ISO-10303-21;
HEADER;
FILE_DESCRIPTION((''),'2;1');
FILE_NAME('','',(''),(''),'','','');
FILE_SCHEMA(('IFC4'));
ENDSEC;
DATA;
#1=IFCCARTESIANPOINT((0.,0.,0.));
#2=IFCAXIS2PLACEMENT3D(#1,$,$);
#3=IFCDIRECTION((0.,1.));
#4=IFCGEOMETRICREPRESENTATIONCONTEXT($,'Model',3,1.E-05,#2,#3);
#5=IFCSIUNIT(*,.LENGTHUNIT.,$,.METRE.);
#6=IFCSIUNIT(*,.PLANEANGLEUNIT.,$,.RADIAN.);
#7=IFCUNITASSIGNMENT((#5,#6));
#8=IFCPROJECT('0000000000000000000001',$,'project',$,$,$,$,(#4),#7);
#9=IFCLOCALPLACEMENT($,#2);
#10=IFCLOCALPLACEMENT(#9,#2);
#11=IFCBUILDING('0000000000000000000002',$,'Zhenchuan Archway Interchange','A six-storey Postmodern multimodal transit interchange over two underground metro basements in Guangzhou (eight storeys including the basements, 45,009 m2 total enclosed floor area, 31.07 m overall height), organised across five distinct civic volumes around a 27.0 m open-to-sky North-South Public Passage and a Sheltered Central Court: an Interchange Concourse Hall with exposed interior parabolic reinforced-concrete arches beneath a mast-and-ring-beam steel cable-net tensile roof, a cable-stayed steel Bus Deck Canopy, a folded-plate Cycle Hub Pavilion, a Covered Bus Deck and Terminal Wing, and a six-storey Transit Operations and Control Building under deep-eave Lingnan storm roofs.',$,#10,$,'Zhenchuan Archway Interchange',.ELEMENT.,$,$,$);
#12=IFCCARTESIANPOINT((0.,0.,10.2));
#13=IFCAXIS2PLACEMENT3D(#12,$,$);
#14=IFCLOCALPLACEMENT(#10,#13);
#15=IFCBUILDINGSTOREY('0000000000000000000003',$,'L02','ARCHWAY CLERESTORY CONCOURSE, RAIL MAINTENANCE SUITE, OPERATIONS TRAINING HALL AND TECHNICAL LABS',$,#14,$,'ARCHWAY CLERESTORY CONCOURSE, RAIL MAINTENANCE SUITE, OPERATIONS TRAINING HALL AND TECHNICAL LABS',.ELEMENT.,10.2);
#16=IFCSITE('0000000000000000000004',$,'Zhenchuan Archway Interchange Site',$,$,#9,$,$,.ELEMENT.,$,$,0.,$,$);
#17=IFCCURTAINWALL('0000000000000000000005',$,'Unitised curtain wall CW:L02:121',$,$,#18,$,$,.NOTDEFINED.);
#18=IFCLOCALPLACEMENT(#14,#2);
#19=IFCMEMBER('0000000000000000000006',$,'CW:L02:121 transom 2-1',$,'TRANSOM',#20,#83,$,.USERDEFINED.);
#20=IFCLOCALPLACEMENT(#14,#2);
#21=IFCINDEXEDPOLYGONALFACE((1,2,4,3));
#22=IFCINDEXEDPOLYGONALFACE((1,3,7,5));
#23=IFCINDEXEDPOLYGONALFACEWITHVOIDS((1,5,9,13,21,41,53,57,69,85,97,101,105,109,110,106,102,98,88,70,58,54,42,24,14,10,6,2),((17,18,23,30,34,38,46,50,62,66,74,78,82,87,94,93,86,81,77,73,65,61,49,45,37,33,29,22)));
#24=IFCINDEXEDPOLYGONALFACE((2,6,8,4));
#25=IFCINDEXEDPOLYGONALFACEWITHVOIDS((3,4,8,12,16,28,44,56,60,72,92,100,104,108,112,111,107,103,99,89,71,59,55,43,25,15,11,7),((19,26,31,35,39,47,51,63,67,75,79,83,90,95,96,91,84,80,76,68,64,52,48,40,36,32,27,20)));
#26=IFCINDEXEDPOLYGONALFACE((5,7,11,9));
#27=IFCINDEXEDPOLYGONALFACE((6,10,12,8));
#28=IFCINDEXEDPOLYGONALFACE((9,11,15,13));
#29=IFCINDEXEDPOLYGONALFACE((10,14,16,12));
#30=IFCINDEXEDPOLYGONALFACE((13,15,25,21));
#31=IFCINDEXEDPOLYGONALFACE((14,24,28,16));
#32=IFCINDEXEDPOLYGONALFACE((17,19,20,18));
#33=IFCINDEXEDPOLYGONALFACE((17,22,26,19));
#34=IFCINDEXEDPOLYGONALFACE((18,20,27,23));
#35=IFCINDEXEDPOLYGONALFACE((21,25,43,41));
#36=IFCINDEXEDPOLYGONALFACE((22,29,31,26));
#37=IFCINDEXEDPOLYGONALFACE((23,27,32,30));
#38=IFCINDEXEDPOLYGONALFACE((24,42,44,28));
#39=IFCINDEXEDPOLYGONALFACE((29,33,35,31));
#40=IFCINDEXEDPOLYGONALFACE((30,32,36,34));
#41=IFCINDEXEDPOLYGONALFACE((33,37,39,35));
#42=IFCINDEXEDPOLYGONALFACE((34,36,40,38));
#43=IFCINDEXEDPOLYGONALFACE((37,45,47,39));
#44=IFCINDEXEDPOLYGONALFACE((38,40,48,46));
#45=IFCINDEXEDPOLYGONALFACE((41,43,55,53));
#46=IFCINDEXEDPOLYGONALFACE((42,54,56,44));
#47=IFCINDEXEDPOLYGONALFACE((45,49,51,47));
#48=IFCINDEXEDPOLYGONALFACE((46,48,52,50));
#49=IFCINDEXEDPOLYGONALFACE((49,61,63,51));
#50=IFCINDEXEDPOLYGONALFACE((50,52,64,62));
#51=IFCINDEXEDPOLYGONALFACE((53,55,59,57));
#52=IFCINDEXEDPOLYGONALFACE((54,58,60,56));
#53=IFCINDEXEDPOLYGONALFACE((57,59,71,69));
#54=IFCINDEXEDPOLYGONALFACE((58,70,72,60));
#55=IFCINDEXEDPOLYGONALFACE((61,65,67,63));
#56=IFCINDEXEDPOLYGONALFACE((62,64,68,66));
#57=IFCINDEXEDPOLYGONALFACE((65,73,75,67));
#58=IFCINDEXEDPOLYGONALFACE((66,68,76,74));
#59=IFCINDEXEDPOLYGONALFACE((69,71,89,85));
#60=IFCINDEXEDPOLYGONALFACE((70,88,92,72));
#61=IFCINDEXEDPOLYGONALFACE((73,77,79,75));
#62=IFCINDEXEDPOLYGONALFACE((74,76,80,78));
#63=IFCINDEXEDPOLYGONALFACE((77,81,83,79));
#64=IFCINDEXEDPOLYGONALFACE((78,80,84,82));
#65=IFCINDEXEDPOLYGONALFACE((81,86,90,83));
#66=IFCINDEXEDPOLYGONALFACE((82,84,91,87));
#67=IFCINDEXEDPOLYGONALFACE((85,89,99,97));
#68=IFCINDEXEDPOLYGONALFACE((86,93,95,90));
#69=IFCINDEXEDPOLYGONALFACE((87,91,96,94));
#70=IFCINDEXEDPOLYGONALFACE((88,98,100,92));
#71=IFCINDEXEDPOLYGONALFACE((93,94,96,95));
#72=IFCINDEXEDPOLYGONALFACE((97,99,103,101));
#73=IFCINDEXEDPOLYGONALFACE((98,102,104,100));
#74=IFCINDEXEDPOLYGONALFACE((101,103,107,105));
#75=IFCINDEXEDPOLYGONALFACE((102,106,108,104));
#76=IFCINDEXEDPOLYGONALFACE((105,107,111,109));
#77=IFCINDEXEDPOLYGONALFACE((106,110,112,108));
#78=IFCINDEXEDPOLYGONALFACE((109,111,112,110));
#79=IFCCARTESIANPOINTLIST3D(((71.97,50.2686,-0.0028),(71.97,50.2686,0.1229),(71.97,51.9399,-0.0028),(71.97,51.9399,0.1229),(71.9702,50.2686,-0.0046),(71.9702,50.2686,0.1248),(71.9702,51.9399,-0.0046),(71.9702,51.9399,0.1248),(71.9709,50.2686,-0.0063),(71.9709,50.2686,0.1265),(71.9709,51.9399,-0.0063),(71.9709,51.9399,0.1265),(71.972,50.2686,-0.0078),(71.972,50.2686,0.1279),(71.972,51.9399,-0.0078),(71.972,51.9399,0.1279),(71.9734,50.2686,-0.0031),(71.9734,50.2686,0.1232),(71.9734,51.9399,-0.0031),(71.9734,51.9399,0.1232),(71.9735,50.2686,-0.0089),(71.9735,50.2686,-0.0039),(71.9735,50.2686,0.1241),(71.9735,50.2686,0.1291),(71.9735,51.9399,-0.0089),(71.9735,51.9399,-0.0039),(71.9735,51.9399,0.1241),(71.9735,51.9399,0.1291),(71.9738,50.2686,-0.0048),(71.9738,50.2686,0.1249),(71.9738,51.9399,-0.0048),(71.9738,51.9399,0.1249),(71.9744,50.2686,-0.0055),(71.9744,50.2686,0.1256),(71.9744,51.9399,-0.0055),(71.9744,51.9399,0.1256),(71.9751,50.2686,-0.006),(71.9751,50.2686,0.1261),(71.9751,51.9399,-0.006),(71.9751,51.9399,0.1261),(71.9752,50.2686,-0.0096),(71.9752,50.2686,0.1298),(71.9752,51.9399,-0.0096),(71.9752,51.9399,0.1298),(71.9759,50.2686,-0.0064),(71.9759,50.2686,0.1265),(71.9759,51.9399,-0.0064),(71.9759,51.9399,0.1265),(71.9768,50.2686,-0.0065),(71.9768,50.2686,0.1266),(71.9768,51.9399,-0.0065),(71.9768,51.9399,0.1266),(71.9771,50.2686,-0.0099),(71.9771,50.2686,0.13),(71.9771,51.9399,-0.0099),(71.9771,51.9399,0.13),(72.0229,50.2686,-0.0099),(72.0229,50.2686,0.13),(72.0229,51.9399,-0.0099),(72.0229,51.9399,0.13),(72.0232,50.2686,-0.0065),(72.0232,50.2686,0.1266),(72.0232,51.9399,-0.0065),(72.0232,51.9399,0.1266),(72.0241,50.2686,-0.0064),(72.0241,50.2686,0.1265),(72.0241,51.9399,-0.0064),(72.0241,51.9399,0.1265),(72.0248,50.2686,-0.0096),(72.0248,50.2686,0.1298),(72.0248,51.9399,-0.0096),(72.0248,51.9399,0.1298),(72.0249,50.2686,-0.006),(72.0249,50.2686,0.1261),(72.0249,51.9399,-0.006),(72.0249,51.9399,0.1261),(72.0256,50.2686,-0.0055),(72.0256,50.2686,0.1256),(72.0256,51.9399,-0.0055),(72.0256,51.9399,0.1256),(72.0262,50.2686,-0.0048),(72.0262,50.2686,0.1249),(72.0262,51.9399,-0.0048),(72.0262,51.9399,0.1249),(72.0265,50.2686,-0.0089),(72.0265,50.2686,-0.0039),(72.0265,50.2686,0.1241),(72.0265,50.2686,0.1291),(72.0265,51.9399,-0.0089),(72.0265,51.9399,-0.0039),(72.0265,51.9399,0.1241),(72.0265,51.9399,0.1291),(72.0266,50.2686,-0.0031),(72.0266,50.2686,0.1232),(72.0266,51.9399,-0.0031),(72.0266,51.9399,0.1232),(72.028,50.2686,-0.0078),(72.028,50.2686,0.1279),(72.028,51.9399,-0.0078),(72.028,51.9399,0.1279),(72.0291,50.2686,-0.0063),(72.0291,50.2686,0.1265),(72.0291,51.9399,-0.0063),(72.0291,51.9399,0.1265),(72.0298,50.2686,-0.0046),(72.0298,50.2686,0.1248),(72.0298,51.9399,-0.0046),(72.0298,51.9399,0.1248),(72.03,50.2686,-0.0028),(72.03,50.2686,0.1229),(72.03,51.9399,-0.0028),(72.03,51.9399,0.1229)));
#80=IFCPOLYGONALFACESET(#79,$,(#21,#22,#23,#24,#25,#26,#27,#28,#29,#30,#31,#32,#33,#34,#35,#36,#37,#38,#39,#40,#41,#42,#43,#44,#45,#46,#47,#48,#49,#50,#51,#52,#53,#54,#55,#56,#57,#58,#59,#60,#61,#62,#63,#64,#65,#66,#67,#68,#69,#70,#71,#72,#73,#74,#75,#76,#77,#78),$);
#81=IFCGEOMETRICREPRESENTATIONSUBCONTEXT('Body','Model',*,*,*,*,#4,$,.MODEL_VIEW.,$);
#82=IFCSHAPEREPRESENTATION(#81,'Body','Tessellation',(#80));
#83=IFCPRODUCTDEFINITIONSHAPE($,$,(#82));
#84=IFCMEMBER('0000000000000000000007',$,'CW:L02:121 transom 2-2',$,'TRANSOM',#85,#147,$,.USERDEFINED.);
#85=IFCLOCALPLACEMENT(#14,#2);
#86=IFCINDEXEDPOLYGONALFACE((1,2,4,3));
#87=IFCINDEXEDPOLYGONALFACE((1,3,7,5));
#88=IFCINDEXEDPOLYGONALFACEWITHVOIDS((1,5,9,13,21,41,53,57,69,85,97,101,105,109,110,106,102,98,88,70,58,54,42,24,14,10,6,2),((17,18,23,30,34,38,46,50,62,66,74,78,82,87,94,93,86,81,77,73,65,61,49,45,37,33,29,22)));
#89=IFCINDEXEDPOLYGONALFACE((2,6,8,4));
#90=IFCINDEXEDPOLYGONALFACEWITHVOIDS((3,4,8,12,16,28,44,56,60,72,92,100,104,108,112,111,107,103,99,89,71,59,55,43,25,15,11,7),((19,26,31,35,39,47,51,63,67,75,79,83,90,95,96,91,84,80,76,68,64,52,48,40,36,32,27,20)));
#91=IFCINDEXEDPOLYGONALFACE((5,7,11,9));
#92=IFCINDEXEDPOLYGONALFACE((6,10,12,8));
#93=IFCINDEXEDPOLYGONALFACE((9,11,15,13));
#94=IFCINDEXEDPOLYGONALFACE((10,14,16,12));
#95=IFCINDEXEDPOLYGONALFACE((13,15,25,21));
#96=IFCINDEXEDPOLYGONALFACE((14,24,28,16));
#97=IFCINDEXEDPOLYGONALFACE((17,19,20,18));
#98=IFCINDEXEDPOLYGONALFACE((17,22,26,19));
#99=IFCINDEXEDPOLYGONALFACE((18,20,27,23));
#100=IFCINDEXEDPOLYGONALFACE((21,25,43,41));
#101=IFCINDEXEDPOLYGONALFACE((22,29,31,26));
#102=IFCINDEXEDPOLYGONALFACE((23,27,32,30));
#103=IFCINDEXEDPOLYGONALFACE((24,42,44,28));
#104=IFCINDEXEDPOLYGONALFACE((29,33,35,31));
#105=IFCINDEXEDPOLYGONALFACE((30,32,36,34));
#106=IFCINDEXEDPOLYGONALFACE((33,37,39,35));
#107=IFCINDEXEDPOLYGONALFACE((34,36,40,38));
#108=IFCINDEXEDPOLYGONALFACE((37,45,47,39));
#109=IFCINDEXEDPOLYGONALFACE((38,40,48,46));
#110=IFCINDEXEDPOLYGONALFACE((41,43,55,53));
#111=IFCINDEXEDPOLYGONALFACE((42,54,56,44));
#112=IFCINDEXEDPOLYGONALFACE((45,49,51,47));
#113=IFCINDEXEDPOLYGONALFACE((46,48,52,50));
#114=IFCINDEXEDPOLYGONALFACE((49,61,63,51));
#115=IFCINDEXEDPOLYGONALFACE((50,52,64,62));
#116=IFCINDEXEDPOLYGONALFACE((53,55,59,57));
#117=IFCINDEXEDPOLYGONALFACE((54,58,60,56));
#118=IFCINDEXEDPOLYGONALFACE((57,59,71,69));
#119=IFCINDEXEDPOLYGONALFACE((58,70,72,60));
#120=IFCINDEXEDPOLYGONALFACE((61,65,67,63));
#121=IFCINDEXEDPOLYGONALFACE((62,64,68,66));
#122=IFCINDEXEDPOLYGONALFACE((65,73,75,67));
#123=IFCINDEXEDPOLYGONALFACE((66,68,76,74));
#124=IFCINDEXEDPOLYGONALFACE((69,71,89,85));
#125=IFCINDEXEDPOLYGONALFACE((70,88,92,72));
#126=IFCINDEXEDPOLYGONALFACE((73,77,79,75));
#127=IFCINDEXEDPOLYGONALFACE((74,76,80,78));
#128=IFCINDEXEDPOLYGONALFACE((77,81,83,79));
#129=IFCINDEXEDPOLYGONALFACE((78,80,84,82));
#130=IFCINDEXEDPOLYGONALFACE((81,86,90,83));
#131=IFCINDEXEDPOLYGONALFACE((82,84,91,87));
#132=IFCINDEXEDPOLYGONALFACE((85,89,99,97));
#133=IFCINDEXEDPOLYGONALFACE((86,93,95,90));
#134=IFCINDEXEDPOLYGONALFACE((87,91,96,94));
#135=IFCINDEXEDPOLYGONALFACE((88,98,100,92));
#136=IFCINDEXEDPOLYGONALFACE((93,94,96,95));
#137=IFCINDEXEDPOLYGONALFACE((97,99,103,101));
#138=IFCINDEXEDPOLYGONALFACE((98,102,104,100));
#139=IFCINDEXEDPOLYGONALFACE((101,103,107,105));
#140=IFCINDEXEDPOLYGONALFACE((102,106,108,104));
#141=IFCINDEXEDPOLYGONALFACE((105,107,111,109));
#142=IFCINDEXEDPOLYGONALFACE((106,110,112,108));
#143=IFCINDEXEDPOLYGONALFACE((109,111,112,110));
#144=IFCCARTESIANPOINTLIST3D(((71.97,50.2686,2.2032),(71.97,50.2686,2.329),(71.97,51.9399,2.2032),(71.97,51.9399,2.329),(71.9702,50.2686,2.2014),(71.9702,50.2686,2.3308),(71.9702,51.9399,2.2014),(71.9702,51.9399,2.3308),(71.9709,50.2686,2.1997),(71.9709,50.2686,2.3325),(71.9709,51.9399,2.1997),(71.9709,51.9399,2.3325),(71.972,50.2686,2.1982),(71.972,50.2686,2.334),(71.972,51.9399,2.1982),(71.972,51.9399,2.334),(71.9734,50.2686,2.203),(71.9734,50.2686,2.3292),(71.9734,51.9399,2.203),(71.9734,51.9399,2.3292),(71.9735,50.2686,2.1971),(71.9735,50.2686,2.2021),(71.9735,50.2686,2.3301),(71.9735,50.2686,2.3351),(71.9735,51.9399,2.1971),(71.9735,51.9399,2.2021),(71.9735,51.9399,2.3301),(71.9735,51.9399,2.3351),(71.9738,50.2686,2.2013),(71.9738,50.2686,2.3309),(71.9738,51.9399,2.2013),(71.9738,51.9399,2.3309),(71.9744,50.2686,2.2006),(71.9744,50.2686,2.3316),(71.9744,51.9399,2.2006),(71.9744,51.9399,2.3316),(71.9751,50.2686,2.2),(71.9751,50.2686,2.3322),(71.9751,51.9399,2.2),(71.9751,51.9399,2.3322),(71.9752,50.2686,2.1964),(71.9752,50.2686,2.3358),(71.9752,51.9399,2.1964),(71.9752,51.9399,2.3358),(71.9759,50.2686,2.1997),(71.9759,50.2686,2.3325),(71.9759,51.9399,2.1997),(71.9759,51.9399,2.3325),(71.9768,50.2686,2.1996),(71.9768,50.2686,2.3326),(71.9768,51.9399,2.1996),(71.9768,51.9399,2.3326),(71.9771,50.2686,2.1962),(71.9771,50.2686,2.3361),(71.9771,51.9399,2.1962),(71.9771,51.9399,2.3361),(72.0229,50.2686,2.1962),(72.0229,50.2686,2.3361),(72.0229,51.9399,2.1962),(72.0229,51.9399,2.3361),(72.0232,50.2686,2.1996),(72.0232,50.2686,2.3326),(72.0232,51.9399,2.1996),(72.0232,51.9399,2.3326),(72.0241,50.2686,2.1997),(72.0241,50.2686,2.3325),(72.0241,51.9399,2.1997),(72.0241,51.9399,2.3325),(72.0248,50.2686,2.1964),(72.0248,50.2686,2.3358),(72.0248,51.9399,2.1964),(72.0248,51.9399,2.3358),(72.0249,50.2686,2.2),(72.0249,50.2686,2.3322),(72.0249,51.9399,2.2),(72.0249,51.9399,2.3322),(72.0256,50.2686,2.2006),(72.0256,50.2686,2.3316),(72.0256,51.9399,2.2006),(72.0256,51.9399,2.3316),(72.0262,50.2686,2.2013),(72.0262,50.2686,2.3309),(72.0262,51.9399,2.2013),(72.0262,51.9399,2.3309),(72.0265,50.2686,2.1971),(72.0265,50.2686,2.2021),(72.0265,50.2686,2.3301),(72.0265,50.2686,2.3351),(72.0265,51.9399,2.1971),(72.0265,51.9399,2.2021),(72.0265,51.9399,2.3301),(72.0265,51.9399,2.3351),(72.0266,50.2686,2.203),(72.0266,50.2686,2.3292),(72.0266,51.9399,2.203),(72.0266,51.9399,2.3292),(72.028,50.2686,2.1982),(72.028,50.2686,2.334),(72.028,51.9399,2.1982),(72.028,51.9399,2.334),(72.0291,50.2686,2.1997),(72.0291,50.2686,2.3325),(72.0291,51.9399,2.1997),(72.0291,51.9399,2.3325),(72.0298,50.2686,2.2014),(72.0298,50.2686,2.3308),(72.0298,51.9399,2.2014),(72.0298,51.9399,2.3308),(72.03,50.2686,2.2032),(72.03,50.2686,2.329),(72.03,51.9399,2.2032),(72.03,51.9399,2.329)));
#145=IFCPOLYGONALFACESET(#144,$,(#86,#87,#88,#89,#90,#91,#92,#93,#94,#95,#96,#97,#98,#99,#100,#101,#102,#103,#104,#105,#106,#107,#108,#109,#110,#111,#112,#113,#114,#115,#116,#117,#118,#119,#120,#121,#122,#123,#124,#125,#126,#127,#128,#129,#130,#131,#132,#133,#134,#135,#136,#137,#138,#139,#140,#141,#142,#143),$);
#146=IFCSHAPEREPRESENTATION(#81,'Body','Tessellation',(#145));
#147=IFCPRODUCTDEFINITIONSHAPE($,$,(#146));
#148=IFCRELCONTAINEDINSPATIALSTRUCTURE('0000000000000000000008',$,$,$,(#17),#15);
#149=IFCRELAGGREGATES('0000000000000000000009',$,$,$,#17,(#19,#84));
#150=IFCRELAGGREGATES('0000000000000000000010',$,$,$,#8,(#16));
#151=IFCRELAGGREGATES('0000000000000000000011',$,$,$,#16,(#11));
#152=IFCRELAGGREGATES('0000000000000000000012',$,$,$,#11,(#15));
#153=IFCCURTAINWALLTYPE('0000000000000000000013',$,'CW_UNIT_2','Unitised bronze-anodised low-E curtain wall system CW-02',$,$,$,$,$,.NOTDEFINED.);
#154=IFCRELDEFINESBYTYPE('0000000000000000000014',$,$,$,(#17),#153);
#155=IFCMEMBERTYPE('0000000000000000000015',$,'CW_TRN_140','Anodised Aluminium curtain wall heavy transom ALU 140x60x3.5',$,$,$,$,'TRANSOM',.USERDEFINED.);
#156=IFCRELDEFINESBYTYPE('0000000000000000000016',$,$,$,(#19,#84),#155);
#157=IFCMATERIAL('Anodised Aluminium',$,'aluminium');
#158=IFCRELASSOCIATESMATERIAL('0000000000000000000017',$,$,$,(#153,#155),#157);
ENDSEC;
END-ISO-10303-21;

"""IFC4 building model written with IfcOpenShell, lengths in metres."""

from ifc_helpers import new_model, si_unit, direction, frame, origin, origin_2d, place, context, subcontext, project, spatial, hollow_rectangle, extrude, material, material_profile, profile_set, type_object, element, aggregate, save


model = new_model("IFC4")

# Units and contexts
model_context = context("Model", 3, precision=1e-05, world=origin(), true_north=direction((0.0, 1.0)))
body_context = subcontext(model_context, "Body", "Model", "MODEL_VIEW")
ifc_project = project(units=[si_unit("LENGTHUNIT", "METRE"), si_unit("PLANEANGLEUNIT", "RADIAN")], contexts=[model_context])

# Site, building, storey
site_placement = place(None, origin())
site = spatial("IfcSite", under=ifc_project, at=site_placement, Name="Zhenchuan Archway Interchange Site", CompositionType="ELEMENT", RefElevation=0.0)
building_placement = place(site_placement, origin())
building = spatial("IfcBuilding", under=site, at=building_placement, Name="Zhenchuan Archway Interchange", Description="A six-storey Postmodern multimodal transit interchange over two underground metro basements in Guangzhou (eight storeys including the basements, 45,009 m2 total enclosed floor area, 31.07 m overall height), organised across five distinct civic volumes around a 27.0 m open-to-sky North-South Public Passage and a Sheltered Central Court: an Interchange Concourse Hall with exposed interior parabolic reinforced-concrete arches beneath a mast-and-ring-beam steel cable-net tensile roof, a cable-stayed steel Bus Deck Canopy, a folded-plate Cycle Hub Pavilion, a Covered Bus Deck and Terminal Wing, and a six-storey Transit Operations and Control Building under deep-eave Lingnan storm roofs.", LongName="Zhenchuan Archway Interchange", CompositionType="ELEMENT")
storey_placement = place(building_placement, frame((0.0, 0.0, 10.2)))
storey = spatial("IfcBuildingStorey", under=building, at=storey_placement, Name="L02", Description="ARCHWAY CLERESTORY CONCOURSE, RAIL MAINTENANCE SUITE, OPERATIONS TRAINING HALL AND TECHNICAL LABS", LongName="ARCHWAY CLERESTORY CONCOURSE, RAIL MAINTENANCE SUITE, OPERATIONS TRAINING HALL AND TECHNICAL LABS", CompositionType="ELEMENT", Elevation=10.2)

# Curtain wall, members
ifc_material_1 = material(Name="Anodised Aluminium", Category="aluminium")
curtain_wall_type = type_object("IfcCurtainWallType", Name="CW_UNIT_2", Description="Unitised bronze-anodised low-E curtain wall system CW-02", PredefinedType="NOTDEFINED", material=ifc_material_1)
curtain_wall_placement = place(storey_placement, origin())
curtain_wall = element("IfcCurtainWall", 1, at=curtain_wall_placement, inside=storey, type_object=curtain_wall_type, Name="Unitised curtain wall CW:L02:121", PredefinedType="NOTDEFINED")
ifc_material_profile_1 = material_profile(ifc_material_1, hollow_rectangle(XDim=0.0601, YDim=0.1399, WallThickness=0.0034, InnerFilletRadius=0.0034, OuterFilletRadius=0.0071, at=origin_2d()), Name="ALU 140x60x3.5")
ifc_profile_set_1 = profile_set([ifc_material_profile_1], Name="Anodised Aluminium")
member_type_1 = type_object("IfcMemberType", Name="CW_TRN_140", Description="Anodised Aluminium curtain wall heavy transom ALU 140x60x3.5", ElementType="TRANSOM", PredefinedType="USERDEFINED", material=ifc_profile_set_1)
member_1_placement = place(storey_placement, frame((72.0, 51.9399, 0.0601), z_axis=(0.0, -1.0, 0.0), x_axis=(1.0, 0.0, 0.0)))
member_1 = element("IfcMember", 2, at=member_1_placement, type_object=member_type_1, Name="CW:L02:121 transom 2-1", ObjectType="TRANSOM", PredefinedType="USERDEFINED", context=body_context, shape_type="SweptSolid", body=[
    extrude(hollow_rectangle(XDim=0.0601, YDim=0.1399, WallThickness=0.0034, InnerFilletRadius=0.0034, OuterFilletRadius=0.0071, at=origin_2d()), origin(), (0.0, 0.0, 1.0), 1.6714),
])
member_2_placement = place(storey_placement, frame((72.0, 51.9399, 2.2661), z_axis=(0.0, -1.0, 0.0), x_axis=(1.0, 0.0, 0.0)))
member_2 = element("IfcMember", 3, at=member_2_placement, type_object=member_type_1, Name="CW:L02:121 transom 2-2", ObjectType="TRANSOM", PredefinedType="USERDEFINED", context=body_context, shape_type="SweptSolid", body=[
    extrude(hollow_rectangle(XDim=0.0601, YDim=0.1399, WallThickness=0.0034, InnerFilletRadius=0.0034, OuterFilletRadius=0.0071, at=origin_2d()), origin(), (0.0, 0.0, 1.0), 1.6714),
])

aggregate(curtain_wall, [member_1, member_2])

save(model, "model.ifc")
